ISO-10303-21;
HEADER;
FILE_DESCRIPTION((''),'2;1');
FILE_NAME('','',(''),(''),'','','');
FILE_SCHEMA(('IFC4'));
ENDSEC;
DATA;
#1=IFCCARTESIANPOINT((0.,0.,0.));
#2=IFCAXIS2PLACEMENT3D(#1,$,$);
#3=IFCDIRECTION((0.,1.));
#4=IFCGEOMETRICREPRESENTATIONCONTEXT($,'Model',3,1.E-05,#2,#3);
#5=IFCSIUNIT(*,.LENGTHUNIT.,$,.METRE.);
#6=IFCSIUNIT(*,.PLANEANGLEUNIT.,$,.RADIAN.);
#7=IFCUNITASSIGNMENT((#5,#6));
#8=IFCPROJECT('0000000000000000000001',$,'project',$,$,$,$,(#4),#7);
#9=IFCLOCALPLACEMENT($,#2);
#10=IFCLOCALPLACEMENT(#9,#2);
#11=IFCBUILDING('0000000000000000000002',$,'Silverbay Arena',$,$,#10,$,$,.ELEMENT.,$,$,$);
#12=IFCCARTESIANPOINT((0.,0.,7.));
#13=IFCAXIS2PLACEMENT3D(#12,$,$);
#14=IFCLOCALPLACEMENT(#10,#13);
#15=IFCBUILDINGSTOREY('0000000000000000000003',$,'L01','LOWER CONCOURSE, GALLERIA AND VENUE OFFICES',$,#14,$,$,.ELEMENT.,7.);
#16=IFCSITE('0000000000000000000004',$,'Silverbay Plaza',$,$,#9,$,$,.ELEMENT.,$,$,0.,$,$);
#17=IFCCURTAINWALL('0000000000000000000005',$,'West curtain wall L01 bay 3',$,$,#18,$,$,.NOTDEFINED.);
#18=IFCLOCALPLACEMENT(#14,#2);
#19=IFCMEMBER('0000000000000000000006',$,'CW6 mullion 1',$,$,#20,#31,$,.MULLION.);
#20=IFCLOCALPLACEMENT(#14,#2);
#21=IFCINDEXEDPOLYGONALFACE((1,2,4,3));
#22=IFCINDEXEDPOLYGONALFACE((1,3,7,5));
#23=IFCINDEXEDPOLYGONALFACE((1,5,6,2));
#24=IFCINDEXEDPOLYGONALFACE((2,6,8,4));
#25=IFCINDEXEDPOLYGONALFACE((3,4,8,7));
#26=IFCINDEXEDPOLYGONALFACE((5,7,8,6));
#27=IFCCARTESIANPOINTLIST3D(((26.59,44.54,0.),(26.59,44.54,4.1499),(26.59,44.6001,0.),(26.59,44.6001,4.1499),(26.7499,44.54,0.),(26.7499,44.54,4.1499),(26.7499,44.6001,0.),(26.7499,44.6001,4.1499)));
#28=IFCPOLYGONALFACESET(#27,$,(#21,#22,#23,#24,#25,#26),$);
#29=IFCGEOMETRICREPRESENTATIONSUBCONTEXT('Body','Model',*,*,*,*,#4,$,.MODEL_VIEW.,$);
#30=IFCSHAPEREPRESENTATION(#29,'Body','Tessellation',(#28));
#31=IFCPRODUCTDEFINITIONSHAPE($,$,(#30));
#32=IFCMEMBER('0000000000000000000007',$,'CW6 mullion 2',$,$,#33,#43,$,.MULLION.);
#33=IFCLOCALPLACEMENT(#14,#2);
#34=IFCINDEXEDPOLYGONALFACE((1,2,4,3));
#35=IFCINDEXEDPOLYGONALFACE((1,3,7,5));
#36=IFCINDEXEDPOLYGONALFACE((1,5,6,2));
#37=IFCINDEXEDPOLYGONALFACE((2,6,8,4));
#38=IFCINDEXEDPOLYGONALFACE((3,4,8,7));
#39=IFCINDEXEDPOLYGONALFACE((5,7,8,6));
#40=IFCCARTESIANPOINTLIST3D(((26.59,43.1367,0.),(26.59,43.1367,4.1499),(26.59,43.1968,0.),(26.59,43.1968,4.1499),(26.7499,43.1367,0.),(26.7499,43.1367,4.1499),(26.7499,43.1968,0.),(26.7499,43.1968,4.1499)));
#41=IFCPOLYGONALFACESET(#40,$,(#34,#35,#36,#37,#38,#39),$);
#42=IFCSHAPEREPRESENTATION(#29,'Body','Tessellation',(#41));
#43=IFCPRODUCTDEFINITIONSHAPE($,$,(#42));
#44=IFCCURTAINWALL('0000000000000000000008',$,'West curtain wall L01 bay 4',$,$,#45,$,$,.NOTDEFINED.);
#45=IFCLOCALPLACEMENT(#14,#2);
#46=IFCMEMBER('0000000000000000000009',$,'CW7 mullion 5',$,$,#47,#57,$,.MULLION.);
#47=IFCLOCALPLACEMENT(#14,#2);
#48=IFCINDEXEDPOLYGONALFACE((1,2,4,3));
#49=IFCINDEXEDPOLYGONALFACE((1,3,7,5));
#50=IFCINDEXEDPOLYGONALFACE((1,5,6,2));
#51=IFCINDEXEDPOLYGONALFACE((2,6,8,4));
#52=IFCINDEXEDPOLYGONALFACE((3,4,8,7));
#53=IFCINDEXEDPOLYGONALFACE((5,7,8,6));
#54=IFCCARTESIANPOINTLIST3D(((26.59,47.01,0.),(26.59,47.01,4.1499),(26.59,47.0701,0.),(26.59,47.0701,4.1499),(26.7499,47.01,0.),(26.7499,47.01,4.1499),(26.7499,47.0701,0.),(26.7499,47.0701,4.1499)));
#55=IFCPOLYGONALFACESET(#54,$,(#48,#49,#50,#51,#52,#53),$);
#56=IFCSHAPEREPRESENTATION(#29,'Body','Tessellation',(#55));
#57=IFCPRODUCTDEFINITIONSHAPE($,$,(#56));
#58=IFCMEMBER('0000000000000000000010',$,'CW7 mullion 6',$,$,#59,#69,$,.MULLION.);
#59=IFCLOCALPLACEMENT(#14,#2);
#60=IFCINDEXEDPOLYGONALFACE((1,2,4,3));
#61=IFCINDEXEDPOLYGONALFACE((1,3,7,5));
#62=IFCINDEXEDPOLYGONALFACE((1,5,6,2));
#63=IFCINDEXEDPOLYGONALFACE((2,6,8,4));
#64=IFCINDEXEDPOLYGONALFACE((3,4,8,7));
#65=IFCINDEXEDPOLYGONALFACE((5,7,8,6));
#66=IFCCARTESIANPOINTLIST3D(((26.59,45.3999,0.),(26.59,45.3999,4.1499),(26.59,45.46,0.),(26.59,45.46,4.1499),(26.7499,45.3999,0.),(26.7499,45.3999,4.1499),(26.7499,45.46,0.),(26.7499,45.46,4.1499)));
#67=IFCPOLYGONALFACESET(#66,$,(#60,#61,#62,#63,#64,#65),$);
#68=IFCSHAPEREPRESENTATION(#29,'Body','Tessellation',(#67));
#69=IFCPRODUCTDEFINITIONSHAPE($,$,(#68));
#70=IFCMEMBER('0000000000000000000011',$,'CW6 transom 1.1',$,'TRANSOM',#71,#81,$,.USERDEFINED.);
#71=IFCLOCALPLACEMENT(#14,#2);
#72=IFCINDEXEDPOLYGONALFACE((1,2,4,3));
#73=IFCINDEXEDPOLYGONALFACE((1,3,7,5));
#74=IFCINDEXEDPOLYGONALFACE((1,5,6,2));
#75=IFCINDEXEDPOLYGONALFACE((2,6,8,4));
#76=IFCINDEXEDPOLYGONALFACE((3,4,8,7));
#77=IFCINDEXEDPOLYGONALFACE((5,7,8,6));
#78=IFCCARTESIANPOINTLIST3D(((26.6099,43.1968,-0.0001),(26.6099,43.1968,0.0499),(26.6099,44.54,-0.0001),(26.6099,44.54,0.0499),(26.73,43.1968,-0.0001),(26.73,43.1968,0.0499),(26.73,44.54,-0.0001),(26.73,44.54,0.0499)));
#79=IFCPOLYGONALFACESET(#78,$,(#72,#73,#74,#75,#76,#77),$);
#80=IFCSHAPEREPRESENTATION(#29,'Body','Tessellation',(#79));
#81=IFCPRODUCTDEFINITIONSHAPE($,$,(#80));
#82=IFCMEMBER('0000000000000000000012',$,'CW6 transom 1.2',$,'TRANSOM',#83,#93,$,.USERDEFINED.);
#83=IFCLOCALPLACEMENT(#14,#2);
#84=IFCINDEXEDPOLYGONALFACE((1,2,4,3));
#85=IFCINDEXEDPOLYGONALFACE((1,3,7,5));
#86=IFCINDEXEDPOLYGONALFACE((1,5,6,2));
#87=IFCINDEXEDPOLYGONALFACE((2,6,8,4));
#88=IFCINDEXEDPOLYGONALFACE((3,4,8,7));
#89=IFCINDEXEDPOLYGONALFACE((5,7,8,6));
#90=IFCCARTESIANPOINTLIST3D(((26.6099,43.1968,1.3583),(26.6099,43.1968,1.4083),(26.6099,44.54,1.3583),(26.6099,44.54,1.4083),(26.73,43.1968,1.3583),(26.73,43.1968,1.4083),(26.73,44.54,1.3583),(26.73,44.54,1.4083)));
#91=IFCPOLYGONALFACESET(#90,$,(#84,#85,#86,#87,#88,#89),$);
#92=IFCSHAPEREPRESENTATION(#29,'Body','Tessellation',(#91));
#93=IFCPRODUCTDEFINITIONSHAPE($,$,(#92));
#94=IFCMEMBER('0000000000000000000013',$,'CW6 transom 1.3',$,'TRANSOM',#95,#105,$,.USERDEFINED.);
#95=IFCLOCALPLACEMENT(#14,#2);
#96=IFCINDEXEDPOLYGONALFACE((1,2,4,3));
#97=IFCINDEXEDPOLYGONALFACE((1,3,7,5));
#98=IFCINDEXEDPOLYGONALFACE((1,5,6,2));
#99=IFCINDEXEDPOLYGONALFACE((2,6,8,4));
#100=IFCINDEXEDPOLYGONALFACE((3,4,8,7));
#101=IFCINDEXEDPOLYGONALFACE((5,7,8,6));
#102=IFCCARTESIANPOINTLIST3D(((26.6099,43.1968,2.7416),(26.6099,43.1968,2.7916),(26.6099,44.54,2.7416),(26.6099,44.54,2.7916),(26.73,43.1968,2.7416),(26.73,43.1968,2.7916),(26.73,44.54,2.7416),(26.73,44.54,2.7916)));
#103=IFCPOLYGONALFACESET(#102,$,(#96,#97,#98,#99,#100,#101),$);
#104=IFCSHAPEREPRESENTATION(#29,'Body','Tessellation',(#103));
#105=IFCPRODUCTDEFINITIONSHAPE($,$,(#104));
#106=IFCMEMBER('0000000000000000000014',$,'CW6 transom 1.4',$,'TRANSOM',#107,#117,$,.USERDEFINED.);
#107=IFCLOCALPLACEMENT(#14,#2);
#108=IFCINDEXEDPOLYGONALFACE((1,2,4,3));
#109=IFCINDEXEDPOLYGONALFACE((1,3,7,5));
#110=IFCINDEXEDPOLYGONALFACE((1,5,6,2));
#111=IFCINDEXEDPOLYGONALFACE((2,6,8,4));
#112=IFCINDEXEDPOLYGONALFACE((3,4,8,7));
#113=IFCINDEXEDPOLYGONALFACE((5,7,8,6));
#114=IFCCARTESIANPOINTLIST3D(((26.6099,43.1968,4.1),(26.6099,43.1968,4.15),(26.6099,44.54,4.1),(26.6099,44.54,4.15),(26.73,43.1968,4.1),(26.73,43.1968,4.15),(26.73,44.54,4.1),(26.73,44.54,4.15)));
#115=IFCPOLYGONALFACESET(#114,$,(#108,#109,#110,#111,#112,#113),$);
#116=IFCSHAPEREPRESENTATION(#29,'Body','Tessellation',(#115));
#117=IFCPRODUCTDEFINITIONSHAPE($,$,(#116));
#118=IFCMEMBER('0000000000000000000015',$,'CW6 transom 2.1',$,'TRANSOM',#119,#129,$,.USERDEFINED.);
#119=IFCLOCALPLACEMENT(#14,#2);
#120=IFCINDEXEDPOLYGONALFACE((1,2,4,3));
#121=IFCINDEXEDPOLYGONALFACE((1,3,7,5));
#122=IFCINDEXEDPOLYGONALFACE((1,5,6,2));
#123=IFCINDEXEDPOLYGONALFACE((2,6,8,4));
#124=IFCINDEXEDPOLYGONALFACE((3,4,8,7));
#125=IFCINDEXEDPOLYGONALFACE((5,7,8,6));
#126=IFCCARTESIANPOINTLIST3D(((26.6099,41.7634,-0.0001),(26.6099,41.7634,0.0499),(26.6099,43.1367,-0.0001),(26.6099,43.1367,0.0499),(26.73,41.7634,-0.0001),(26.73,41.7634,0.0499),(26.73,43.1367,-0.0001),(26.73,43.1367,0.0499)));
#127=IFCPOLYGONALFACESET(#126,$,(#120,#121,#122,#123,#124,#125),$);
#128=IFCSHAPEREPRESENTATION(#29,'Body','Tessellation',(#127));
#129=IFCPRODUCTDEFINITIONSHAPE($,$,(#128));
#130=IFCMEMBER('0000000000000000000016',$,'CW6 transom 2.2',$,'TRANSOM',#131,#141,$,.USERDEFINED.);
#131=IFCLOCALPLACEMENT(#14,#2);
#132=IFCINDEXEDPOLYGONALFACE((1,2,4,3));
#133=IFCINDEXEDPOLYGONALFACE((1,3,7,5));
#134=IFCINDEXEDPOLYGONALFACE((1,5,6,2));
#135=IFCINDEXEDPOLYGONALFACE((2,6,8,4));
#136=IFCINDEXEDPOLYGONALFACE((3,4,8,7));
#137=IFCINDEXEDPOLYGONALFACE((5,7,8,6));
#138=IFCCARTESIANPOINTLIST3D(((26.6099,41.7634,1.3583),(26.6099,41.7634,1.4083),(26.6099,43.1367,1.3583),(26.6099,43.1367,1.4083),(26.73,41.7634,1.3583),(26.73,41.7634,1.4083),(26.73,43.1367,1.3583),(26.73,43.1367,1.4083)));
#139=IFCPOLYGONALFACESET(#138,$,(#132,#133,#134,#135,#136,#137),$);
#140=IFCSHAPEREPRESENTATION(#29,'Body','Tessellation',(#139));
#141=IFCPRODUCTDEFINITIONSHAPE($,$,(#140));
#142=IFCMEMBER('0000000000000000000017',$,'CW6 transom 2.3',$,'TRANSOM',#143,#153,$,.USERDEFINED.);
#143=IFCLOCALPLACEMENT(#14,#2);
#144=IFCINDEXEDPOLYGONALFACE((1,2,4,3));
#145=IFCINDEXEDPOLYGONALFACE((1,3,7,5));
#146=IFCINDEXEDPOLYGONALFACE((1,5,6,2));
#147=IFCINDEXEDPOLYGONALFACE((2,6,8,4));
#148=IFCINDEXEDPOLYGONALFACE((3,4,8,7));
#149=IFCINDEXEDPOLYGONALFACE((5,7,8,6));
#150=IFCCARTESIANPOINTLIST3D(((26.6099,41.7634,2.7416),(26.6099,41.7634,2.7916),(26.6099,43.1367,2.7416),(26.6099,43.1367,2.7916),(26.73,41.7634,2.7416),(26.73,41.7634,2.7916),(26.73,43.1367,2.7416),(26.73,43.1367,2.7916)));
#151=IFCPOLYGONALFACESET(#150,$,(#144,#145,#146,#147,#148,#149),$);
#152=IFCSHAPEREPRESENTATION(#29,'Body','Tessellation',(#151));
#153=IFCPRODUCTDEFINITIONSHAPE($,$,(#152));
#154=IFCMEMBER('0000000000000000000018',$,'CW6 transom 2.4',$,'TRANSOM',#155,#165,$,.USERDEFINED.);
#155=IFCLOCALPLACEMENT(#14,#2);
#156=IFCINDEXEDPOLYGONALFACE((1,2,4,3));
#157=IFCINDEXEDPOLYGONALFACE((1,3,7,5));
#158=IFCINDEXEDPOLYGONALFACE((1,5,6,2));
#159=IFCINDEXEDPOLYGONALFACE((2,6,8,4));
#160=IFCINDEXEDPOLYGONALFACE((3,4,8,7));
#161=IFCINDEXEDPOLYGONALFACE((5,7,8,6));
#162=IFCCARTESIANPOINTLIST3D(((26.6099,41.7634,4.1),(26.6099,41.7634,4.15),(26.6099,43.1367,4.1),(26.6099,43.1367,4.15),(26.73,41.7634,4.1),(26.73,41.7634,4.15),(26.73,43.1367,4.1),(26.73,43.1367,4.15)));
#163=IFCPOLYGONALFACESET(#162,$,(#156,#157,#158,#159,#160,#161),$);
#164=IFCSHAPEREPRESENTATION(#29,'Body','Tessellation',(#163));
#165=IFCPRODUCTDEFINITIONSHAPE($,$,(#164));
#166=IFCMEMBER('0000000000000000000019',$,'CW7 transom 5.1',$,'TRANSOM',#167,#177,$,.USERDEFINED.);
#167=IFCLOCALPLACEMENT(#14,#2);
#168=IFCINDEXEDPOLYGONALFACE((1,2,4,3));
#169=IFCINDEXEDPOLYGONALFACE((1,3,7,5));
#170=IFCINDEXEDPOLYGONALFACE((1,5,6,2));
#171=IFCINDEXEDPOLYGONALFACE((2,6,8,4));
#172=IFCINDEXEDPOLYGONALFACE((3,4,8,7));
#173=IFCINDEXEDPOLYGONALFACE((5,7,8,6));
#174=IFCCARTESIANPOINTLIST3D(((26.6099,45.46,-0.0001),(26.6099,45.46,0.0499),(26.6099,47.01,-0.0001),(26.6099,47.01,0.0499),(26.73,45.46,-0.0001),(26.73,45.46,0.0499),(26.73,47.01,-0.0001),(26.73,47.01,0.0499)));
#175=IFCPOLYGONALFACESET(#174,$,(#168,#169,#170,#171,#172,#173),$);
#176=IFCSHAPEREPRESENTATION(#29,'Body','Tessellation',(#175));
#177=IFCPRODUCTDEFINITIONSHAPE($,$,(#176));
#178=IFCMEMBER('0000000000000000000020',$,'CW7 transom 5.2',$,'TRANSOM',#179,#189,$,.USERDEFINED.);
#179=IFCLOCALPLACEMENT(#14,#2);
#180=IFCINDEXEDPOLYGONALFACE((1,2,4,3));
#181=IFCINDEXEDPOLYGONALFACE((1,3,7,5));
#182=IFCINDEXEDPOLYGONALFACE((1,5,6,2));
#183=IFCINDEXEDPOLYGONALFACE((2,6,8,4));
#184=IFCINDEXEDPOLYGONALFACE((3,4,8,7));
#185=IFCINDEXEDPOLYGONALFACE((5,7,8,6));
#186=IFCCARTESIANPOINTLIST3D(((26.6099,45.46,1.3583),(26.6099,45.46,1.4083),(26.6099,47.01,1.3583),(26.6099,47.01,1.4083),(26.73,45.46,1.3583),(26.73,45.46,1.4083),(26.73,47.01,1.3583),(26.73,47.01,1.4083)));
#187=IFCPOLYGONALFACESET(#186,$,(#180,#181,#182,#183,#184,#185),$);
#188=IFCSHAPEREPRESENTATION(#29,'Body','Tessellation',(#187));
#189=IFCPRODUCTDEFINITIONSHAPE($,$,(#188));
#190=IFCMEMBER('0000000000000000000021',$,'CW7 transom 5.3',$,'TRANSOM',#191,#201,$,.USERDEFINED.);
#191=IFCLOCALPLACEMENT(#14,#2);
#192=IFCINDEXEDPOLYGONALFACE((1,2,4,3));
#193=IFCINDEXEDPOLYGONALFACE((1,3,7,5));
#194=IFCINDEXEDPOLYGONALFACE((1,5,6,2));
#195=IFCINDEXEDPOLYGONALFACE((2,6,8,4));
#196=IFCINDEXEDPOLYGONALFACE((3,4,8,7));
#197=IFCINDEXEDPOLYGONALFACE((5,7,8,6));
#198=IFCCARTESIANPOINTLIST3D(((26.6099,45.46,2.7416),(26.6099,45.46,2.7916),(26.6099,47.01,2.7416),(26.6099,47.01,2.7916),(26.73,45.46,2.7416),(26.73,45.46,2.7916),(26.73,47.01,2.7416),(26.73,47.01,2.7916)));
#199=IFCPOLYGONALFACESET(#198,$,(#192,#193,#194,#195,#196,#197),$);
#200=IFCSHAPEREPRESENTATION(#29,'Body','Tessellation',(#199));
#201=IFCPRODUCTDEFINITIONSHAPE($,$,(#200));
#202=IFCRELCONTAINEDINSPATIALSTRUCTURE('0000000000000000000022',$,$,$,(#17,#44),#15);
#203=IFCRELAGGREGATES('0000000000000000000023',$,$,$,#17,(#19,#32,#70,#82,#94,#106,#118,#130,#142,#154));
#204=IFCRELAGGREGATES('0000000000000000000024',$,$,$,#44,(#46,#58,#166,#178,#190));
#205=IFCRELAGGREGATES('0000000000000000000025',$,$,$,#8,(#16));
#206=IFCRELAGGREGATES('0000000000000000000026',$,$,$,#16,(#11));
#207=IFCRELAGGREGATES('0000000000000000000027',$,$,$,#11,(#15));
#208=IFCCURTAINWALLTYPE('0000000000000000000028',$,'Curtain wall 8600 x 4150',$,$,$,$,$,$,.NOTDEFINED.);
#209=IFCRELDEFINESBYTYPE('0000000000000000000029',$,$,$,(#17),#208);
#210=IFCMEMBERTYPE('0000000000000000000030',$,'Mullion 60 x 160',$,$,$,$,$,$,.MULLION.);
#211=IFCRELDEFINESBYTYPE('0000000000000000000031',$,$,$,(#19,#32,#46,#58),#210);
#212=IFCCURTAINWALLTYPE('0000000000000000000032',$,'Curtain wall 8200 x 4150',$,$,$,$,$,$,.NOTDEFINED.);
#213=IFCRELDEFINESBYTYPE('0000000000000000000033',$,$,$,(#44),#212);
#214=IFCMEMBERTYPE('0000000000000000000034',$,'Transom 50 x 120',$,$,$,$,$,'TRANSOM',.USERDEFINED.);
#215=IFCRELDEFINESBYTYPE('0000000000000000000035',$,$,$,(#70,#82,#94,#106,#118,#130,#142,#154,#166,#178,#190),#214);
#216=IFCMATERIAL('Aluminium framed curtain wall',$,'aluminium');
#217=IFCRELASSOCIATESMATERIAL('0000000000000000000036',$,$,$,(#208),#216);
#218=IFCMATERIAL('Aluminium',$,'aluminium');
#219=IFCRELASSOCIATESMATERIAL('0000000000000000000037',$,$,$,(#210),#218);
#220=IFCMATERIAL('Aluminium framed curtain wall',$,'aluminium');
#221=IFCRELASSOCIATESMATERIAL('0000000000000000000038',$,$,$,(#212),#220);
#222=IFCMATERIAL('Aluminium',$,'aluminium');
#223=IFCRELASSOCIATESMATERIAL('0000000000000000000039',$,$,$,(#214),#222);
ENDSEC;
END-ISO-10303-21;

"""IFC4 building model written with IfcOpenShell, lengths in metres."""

from ifc_helpers import new_model, si_unit, direction, frame, origin, origin_2d, place, context, subcontext, project, spatial, rectangle, extrude, material, material_profile, profile_set, type_object, element, aggregate, save


model = new_model("IFC4")

# Units and contexts
model_context = context("Model", 3, precision=1e-05, world=origin(), true_north=direction((0.0, 1.0)))
body_context = subcontext(model_context, "Body", "Model", "MODEL_VIEW")
ifc_project = project(units=[si_unit("LENGTHUNIT", "METRE"), si_unit("PLANEANGLEUNIT", "RADIAN")], contexts=[model_context])

# Site, building, storey
site_placement = place(None, origin())
site = spatial("IfcSite", under=ifc_project, at=site_placement, Name="Silverbay Plaza", CompositionType="ELEMENT", RefElevation=0.0)
building_placement = place(site_placement, origin())
building = spatial("IfcBuilding", under=site, at=building_placement, Name="Silverbay Arena", CompositionType="ELEMENT")
storey_placement = place(building_placement, frame((0.0, 0.0, 7.0)))
storey = spatial("IfcBuildingStorey", under=building, at=storey_placement, Name="L01", Description="LOWER CONCOURSE, GALLERIA AND VENUE OFFICES", CompositionType="ELEMENT", Elevation=7.0)

# Curtain walls, members
ifc_material_1 = material(Name="Aluminium framed curtain wall", Category="aluminium")
curtain_wall_type_1 = type_object("IfcCurtainWallType", Name="Curtain wall 8600 x 4150", PredefinedType="NOTDEFINED", material=ifc_material_1)
curtain_wall_1_placement = place(storey_placement, origin())
curtain_wall_1 = element("IfcCurtainWall", 1, at=curtain_wall_1_placement, inside=storey, type_object=curtain_wall_type_1, Name="West curtain wall L01 bay 3", PredefinedType="NOTDEFINED")
ifc_material_2 = material(Name="Aluminium", Category="aluminium")
ifc_material_profile_1 = material_profile(ifc_material_2, rectangle(XDim=0.1599, YDim=0.0601, at=origin_2d()), Name="Mullion 60 x 160")
ifc_profile_set_1 = profile_set([ifc_material_profile_1], Name="Aluminium")
member_type_1 = type_object("IfcMemberType", Name="Mullion 60 x 160", PredefinedType="MULLION", material=ifc_profile_set_1)
member_1_placement = place(storey_placement, frame((26.6699, 44.5701, 0.0), z_axis=(0.0, 0.0, 1.0), x_axis=(1.0, 0.0, 0.0)))
member_1 = element("IfcMember", 2, at=member_1_placement, type_object=member_type_1, Name="CW6 mullion 1", PredefinedType="MULLION", context=body_context, shape_type="SweptSolid", body=[
    extrude(rectangle(XDim=0.1599, YDim=0.0601, at=origin_2d()), origin(), (0.0, 0.0, 1.0), 4.1499),
])
member_2_placement = place(storey_placement, frame((26.6699, 43.1667, 0.0), z_axis=(0.0, 0.0, 1.0), x_axis=(1.0, 0.0, 0.0)))
member_2 = element("IfcMember", 3, at=member_2_placement, type_object=member_type_1, Name="CW6 mullion 2", PredefinedType="MULLION", context=body_context, shape_type="SweptSolid", body=[
    extrude(rectangle(XDim=0.1599, YDim=0.0601, at=origin_2d()), origin(), (0.0, 0.0, 1.0), 4.1499),
])
ifc_material_3 = material(Name="Aluminium framed curtain wall", Category="aluminium")
curtain_wall_type_2 = type_object("IfcCurtainWallType", Name="Curtain wall 8200 x 4150", PredefinedType="NOTDEFINED", material=ifc_material_3)
curtain_wall_2_placement = place(storey_placement, origin())
curtain_wall_2 = element("IfcCurtainWall", 4, at=curtain_wall_2_placement, inside=storey, type_object=curtain_wall_type_2, Name="West curtain wall L01 bay 4", PredefinedType="NOTDEFINED")
member_3_placement = place(storey_placement, frame((26.6699, 47.04, 0.0), z_axis=(0.0, 0.0, 1.0), x_axis=(1.0, 0.0, 0.0)))
member_3 = element("IfcMember", 5, at=member_3_placement, type_object=member_type_1, Name="CW7 mullion 5", PredefinedType="MULLION", context=body_context, shape_type="SweptSolid", body=[
    extrude(rectangle(XDim=0.1599, YDim=0.0601, at=origin_2d()), origin(), (0.0, 0.0, 1.0), 4.1499),
])
member_4_placement = place(storey_placement, frame((26.6699, 45.4299, 0.0), z_axis=(0.0, 0.0, 1.0), x_axis=(1.0, 0.0, 0.0)))
member_4 = element("IfcMember", 6, at=member_4_placement, type_object=member_type_1, Name="CW7 mullion 6", PredefinedType="MULLION", context=body_context, shape_type="SweptSolid", body=[
    extrude(rectangle(XDim=0.1599, YDim=0.0601, at=origin_2d()), origin(), (0.0, 0.0, 1.0), 4.1499),
])

# Members
ifc_material_4 = material(Name="Aluminium", Category="aluminium")
ifc_material_profile_2 = material_profile(ifc_material_4, rectangle(XDim=0.1201, YDim=0.05, at=origin_2d()), Name="Transom 50 x 120")
ifc_profile_set_2 = profile_set([ifc_material_profile_2], Name="Aluminium")
member_type_2 = type_object("IfcMemberType", Name="Transom 50 x 120", ElementType="TRANSOM", PredefinedType="USERDEFINED", material=ifc_profile_set_2)
member_5_placement = place(storey_placement, frame((26.6699, 44.54, 0.0249), z_axis=(0.0, -1.0, 0.0), x_axis=(1.0, 0.0, 0.0)))
member_5 = element("IfcMember", 7, at=member_5_placement, type_object=member_type_2, Name="CW6 transom 1.1", ObjectType="TRANSOM", PredefinedType="USERDEFINED", context=body_context, shape_type="SweptSolid", body=[
    extrude(rectangle(XDim=0.1201, YDim=0.05, at=origin_2d()), origin(), (0.0, 0.0, 1.0), 1.3433),
])
member_6_placement = place(storey_placement, frame((26.6699, 44.54, 1.3833), z_axis=(0.0, -1.0, 0.0), x_axis=(1.0, 0.0, 0.0)))
member_6 = element("IfcMember", 8, at=member_6_placement, type_object=member_type_2, Name="CW6 transom 1.2", ObjectType="TRANSOM", PredefinedType="USERDEFINED", context=body_context, shape_type="SweptSolid", body=[
    extrude(rectangle(XDim=0.1201, YDim=0.05, at=origin_2d()), origin(), (0.0, 0.0, 1.0), 1.3433),
])
member_7_placement = place(storey_placement, frame((26.6699, 44.54, 2.7666), z_axis=(0.0, -1.0, 0.0), x_axis=(1.0, 0.0, 0.0)))
member_7 = element("IfcMember", 9, at=member_7_placement, type_object=member_type_2, Name="CW6 transom 1.3", ObjectType="TRANSOM", PredefinedType="USERDEFINED", context=body_context, shape_type="SweptSolid", body=[
    extrude(rectangle(XDim=0.1201, YDim=0.05, at=origin_2d()), origin(), (0.0, 0.0, 1.0), 1.3433),
])
member_8_placement = place(storey_placement, frame((26.6699, 44.54, 4.125), z_axis=(0.0, -1.0, 0.0), x_axis=(1.0, 0.0, 0.0)))
member_8 = element("IfcMember", 10, at=member_8_placement, type_object=member_type_2, Name="CW6 transom 1.4", ObjectType="TRANSOM", PredefinedType="USERDEFINED", context=body_context, shape_type="SweptSolid", body=[
    extrude(rectangle(XDim=0.1201, YDim=0.05, at=origin_2d()), origin(), (0.0, 0.0, 1.0), 1.3433),
])
member_9_placement = place(storey_placement, frame((26.6699, 43.1367, 0.0249), z_axis=(0.0, -1.0, 0.0), x_axis=(1.0, 0.0, 0.0)))
member_9 = element("IfcMember", 11, at=member_9_placement, type_object=member_type_2, Name="CW6 transom 2.1", ObjectType="TRANSOM", PredefinedType="USERDEFINED", context=body_context, shape_type="SweptSolid", body=[
    extrude(rectangle(XDim=0.1201, YDim=0.05, at=origin_2d()), origin(), (0.0, 0.0, 1.0), 1.3733),
])
member_10_placement = place(storey_placement, frame((26.6699, 43.1367, 1.3833), z_axis=(0.0, -1.0, 0.0), x_axis=(1.0, 0.0, 0.0)))
member_10 = element("IfcMember", 12, at=member_10_placement, type_object=member_type_2, Name="CW6 transom 2.2", ObjectType="TRANSOM", PredefinedType="USERDEFINED", context=body_context, shape_type="SweptSolid", body=[
    extrude(rectangle(XDim=0.1201, YDim=0.05, at=origin_2d()), origin(), (0.0, 0.0, 1.0), 1.3733),
])
member_11_placement = place(storey_placement, frame((26.6699, 43.1367, 2.7666), z_axis=(0.0, -1.0, 0.0), x_axis=(1.0, 0.0, 0.0)))
member_11 = element("IfcMember", 13, at=member_11_placement, type_object=member_type_2, Name="CW6 transom 2.3", ObjectType="TRANSOM", PredefinedType="USERDEFINED", context=body_context, shape_type="SweptSolid", body=[
    extrude(rectangle(XDim=0.1201, YDim=0.05, at=origin_2d()), origin(), (0.0, 0.0, 1.0), 1.3733),
])
member_12_placement = place(storey_placement, frame((26.6699, 43.1367, 4.125), z_axis=(0.0, -1.0, 0.0), x_axis=(1.0, 0.0, 0.0)))
member_12 = element("IfcMember", 14, at=member_12_placement, type_object=member_type_2, Name="CW6 transom 2.4", ObjectType="TRANSOM", PredefinedType="USERDEFINED", context=body_context, shape_type="SweptSolid", body=[
    extrude(rectangle(XDim=0.1201, YDim=0.05, at=origin_2d()), origin(), (0.0, 0.0, 1.0), 1.3733),
])
member_13_placement = place(storey_placement, frame((26.6699, 47.01, 0.0249), z_axis=(0.0, -1.0, 0.0), x_axis=(1.0, 0.0, 0.0)))
member_13 = element("IfcMember", 15, at=member_13_placement, type_object=member_type_2, Name="CW7 transom 5.1", ObjectType="TRANSOM", PredefinedType="USERDEFINED", context=body_context, shape_type="SweptSolid", body=[
    extrude(rectangle(XDim=0.1201, YDim=0.05, at=origin_2d()), origin(), (0.0, 0.0, 1.0), 1.55),
])
member_14_placement = place(storey_placement, frame((26.6699, 47.01, 1.3833), z_axis=(0.0, -1.0, 0.0), x_axis=(1.0, 0.0, 0.0)))
member_14 = element("IfcMember", 16, at=member_14_placement, type_object=member_type_2, Name="CW7 transom 5.2", ObjectType="TRANSOM", PredefinedType="USERDEFINED", context=body_context, shape_type="SweptSolid", body=[
    extrude(rectangle(XDim=0.1201, YDim=0.05, at=origin_2d()), origin(), (0.0, 0.0, 1.0), 1.55),
])
member_15_placement = place(storey_placement, frame((26.6699, 47.01, 2.7666), z_axis=(0.0, -1.0, 0.0), x_axis=(1.0, 0.0, 0.0)))
member_15 = element("IfcMember", 17, at=member_15_placement, type_object=member_type_2, Name="CW7 transom 5.3", ObjectType="TRANSOM", PredefinedType="USERDEFINED", context=body_context, shape_type="SweptSolid", body=[
    extrude(rectangle(XDim=0.1201, YDim=0.05, at=origin_2d()), origin(), (0.0, 0.0, 1.0), 1.55),
])

aggregate(curtain_wall_1, [member_1, member_2, member_5, member_6, member_7, member_8, member_9, member_10, member_11, member_12])
aggregate(curtain_wall_2, [member_3, member_4, member_13, member_14, member_15])

save(model, "model.ifc")
